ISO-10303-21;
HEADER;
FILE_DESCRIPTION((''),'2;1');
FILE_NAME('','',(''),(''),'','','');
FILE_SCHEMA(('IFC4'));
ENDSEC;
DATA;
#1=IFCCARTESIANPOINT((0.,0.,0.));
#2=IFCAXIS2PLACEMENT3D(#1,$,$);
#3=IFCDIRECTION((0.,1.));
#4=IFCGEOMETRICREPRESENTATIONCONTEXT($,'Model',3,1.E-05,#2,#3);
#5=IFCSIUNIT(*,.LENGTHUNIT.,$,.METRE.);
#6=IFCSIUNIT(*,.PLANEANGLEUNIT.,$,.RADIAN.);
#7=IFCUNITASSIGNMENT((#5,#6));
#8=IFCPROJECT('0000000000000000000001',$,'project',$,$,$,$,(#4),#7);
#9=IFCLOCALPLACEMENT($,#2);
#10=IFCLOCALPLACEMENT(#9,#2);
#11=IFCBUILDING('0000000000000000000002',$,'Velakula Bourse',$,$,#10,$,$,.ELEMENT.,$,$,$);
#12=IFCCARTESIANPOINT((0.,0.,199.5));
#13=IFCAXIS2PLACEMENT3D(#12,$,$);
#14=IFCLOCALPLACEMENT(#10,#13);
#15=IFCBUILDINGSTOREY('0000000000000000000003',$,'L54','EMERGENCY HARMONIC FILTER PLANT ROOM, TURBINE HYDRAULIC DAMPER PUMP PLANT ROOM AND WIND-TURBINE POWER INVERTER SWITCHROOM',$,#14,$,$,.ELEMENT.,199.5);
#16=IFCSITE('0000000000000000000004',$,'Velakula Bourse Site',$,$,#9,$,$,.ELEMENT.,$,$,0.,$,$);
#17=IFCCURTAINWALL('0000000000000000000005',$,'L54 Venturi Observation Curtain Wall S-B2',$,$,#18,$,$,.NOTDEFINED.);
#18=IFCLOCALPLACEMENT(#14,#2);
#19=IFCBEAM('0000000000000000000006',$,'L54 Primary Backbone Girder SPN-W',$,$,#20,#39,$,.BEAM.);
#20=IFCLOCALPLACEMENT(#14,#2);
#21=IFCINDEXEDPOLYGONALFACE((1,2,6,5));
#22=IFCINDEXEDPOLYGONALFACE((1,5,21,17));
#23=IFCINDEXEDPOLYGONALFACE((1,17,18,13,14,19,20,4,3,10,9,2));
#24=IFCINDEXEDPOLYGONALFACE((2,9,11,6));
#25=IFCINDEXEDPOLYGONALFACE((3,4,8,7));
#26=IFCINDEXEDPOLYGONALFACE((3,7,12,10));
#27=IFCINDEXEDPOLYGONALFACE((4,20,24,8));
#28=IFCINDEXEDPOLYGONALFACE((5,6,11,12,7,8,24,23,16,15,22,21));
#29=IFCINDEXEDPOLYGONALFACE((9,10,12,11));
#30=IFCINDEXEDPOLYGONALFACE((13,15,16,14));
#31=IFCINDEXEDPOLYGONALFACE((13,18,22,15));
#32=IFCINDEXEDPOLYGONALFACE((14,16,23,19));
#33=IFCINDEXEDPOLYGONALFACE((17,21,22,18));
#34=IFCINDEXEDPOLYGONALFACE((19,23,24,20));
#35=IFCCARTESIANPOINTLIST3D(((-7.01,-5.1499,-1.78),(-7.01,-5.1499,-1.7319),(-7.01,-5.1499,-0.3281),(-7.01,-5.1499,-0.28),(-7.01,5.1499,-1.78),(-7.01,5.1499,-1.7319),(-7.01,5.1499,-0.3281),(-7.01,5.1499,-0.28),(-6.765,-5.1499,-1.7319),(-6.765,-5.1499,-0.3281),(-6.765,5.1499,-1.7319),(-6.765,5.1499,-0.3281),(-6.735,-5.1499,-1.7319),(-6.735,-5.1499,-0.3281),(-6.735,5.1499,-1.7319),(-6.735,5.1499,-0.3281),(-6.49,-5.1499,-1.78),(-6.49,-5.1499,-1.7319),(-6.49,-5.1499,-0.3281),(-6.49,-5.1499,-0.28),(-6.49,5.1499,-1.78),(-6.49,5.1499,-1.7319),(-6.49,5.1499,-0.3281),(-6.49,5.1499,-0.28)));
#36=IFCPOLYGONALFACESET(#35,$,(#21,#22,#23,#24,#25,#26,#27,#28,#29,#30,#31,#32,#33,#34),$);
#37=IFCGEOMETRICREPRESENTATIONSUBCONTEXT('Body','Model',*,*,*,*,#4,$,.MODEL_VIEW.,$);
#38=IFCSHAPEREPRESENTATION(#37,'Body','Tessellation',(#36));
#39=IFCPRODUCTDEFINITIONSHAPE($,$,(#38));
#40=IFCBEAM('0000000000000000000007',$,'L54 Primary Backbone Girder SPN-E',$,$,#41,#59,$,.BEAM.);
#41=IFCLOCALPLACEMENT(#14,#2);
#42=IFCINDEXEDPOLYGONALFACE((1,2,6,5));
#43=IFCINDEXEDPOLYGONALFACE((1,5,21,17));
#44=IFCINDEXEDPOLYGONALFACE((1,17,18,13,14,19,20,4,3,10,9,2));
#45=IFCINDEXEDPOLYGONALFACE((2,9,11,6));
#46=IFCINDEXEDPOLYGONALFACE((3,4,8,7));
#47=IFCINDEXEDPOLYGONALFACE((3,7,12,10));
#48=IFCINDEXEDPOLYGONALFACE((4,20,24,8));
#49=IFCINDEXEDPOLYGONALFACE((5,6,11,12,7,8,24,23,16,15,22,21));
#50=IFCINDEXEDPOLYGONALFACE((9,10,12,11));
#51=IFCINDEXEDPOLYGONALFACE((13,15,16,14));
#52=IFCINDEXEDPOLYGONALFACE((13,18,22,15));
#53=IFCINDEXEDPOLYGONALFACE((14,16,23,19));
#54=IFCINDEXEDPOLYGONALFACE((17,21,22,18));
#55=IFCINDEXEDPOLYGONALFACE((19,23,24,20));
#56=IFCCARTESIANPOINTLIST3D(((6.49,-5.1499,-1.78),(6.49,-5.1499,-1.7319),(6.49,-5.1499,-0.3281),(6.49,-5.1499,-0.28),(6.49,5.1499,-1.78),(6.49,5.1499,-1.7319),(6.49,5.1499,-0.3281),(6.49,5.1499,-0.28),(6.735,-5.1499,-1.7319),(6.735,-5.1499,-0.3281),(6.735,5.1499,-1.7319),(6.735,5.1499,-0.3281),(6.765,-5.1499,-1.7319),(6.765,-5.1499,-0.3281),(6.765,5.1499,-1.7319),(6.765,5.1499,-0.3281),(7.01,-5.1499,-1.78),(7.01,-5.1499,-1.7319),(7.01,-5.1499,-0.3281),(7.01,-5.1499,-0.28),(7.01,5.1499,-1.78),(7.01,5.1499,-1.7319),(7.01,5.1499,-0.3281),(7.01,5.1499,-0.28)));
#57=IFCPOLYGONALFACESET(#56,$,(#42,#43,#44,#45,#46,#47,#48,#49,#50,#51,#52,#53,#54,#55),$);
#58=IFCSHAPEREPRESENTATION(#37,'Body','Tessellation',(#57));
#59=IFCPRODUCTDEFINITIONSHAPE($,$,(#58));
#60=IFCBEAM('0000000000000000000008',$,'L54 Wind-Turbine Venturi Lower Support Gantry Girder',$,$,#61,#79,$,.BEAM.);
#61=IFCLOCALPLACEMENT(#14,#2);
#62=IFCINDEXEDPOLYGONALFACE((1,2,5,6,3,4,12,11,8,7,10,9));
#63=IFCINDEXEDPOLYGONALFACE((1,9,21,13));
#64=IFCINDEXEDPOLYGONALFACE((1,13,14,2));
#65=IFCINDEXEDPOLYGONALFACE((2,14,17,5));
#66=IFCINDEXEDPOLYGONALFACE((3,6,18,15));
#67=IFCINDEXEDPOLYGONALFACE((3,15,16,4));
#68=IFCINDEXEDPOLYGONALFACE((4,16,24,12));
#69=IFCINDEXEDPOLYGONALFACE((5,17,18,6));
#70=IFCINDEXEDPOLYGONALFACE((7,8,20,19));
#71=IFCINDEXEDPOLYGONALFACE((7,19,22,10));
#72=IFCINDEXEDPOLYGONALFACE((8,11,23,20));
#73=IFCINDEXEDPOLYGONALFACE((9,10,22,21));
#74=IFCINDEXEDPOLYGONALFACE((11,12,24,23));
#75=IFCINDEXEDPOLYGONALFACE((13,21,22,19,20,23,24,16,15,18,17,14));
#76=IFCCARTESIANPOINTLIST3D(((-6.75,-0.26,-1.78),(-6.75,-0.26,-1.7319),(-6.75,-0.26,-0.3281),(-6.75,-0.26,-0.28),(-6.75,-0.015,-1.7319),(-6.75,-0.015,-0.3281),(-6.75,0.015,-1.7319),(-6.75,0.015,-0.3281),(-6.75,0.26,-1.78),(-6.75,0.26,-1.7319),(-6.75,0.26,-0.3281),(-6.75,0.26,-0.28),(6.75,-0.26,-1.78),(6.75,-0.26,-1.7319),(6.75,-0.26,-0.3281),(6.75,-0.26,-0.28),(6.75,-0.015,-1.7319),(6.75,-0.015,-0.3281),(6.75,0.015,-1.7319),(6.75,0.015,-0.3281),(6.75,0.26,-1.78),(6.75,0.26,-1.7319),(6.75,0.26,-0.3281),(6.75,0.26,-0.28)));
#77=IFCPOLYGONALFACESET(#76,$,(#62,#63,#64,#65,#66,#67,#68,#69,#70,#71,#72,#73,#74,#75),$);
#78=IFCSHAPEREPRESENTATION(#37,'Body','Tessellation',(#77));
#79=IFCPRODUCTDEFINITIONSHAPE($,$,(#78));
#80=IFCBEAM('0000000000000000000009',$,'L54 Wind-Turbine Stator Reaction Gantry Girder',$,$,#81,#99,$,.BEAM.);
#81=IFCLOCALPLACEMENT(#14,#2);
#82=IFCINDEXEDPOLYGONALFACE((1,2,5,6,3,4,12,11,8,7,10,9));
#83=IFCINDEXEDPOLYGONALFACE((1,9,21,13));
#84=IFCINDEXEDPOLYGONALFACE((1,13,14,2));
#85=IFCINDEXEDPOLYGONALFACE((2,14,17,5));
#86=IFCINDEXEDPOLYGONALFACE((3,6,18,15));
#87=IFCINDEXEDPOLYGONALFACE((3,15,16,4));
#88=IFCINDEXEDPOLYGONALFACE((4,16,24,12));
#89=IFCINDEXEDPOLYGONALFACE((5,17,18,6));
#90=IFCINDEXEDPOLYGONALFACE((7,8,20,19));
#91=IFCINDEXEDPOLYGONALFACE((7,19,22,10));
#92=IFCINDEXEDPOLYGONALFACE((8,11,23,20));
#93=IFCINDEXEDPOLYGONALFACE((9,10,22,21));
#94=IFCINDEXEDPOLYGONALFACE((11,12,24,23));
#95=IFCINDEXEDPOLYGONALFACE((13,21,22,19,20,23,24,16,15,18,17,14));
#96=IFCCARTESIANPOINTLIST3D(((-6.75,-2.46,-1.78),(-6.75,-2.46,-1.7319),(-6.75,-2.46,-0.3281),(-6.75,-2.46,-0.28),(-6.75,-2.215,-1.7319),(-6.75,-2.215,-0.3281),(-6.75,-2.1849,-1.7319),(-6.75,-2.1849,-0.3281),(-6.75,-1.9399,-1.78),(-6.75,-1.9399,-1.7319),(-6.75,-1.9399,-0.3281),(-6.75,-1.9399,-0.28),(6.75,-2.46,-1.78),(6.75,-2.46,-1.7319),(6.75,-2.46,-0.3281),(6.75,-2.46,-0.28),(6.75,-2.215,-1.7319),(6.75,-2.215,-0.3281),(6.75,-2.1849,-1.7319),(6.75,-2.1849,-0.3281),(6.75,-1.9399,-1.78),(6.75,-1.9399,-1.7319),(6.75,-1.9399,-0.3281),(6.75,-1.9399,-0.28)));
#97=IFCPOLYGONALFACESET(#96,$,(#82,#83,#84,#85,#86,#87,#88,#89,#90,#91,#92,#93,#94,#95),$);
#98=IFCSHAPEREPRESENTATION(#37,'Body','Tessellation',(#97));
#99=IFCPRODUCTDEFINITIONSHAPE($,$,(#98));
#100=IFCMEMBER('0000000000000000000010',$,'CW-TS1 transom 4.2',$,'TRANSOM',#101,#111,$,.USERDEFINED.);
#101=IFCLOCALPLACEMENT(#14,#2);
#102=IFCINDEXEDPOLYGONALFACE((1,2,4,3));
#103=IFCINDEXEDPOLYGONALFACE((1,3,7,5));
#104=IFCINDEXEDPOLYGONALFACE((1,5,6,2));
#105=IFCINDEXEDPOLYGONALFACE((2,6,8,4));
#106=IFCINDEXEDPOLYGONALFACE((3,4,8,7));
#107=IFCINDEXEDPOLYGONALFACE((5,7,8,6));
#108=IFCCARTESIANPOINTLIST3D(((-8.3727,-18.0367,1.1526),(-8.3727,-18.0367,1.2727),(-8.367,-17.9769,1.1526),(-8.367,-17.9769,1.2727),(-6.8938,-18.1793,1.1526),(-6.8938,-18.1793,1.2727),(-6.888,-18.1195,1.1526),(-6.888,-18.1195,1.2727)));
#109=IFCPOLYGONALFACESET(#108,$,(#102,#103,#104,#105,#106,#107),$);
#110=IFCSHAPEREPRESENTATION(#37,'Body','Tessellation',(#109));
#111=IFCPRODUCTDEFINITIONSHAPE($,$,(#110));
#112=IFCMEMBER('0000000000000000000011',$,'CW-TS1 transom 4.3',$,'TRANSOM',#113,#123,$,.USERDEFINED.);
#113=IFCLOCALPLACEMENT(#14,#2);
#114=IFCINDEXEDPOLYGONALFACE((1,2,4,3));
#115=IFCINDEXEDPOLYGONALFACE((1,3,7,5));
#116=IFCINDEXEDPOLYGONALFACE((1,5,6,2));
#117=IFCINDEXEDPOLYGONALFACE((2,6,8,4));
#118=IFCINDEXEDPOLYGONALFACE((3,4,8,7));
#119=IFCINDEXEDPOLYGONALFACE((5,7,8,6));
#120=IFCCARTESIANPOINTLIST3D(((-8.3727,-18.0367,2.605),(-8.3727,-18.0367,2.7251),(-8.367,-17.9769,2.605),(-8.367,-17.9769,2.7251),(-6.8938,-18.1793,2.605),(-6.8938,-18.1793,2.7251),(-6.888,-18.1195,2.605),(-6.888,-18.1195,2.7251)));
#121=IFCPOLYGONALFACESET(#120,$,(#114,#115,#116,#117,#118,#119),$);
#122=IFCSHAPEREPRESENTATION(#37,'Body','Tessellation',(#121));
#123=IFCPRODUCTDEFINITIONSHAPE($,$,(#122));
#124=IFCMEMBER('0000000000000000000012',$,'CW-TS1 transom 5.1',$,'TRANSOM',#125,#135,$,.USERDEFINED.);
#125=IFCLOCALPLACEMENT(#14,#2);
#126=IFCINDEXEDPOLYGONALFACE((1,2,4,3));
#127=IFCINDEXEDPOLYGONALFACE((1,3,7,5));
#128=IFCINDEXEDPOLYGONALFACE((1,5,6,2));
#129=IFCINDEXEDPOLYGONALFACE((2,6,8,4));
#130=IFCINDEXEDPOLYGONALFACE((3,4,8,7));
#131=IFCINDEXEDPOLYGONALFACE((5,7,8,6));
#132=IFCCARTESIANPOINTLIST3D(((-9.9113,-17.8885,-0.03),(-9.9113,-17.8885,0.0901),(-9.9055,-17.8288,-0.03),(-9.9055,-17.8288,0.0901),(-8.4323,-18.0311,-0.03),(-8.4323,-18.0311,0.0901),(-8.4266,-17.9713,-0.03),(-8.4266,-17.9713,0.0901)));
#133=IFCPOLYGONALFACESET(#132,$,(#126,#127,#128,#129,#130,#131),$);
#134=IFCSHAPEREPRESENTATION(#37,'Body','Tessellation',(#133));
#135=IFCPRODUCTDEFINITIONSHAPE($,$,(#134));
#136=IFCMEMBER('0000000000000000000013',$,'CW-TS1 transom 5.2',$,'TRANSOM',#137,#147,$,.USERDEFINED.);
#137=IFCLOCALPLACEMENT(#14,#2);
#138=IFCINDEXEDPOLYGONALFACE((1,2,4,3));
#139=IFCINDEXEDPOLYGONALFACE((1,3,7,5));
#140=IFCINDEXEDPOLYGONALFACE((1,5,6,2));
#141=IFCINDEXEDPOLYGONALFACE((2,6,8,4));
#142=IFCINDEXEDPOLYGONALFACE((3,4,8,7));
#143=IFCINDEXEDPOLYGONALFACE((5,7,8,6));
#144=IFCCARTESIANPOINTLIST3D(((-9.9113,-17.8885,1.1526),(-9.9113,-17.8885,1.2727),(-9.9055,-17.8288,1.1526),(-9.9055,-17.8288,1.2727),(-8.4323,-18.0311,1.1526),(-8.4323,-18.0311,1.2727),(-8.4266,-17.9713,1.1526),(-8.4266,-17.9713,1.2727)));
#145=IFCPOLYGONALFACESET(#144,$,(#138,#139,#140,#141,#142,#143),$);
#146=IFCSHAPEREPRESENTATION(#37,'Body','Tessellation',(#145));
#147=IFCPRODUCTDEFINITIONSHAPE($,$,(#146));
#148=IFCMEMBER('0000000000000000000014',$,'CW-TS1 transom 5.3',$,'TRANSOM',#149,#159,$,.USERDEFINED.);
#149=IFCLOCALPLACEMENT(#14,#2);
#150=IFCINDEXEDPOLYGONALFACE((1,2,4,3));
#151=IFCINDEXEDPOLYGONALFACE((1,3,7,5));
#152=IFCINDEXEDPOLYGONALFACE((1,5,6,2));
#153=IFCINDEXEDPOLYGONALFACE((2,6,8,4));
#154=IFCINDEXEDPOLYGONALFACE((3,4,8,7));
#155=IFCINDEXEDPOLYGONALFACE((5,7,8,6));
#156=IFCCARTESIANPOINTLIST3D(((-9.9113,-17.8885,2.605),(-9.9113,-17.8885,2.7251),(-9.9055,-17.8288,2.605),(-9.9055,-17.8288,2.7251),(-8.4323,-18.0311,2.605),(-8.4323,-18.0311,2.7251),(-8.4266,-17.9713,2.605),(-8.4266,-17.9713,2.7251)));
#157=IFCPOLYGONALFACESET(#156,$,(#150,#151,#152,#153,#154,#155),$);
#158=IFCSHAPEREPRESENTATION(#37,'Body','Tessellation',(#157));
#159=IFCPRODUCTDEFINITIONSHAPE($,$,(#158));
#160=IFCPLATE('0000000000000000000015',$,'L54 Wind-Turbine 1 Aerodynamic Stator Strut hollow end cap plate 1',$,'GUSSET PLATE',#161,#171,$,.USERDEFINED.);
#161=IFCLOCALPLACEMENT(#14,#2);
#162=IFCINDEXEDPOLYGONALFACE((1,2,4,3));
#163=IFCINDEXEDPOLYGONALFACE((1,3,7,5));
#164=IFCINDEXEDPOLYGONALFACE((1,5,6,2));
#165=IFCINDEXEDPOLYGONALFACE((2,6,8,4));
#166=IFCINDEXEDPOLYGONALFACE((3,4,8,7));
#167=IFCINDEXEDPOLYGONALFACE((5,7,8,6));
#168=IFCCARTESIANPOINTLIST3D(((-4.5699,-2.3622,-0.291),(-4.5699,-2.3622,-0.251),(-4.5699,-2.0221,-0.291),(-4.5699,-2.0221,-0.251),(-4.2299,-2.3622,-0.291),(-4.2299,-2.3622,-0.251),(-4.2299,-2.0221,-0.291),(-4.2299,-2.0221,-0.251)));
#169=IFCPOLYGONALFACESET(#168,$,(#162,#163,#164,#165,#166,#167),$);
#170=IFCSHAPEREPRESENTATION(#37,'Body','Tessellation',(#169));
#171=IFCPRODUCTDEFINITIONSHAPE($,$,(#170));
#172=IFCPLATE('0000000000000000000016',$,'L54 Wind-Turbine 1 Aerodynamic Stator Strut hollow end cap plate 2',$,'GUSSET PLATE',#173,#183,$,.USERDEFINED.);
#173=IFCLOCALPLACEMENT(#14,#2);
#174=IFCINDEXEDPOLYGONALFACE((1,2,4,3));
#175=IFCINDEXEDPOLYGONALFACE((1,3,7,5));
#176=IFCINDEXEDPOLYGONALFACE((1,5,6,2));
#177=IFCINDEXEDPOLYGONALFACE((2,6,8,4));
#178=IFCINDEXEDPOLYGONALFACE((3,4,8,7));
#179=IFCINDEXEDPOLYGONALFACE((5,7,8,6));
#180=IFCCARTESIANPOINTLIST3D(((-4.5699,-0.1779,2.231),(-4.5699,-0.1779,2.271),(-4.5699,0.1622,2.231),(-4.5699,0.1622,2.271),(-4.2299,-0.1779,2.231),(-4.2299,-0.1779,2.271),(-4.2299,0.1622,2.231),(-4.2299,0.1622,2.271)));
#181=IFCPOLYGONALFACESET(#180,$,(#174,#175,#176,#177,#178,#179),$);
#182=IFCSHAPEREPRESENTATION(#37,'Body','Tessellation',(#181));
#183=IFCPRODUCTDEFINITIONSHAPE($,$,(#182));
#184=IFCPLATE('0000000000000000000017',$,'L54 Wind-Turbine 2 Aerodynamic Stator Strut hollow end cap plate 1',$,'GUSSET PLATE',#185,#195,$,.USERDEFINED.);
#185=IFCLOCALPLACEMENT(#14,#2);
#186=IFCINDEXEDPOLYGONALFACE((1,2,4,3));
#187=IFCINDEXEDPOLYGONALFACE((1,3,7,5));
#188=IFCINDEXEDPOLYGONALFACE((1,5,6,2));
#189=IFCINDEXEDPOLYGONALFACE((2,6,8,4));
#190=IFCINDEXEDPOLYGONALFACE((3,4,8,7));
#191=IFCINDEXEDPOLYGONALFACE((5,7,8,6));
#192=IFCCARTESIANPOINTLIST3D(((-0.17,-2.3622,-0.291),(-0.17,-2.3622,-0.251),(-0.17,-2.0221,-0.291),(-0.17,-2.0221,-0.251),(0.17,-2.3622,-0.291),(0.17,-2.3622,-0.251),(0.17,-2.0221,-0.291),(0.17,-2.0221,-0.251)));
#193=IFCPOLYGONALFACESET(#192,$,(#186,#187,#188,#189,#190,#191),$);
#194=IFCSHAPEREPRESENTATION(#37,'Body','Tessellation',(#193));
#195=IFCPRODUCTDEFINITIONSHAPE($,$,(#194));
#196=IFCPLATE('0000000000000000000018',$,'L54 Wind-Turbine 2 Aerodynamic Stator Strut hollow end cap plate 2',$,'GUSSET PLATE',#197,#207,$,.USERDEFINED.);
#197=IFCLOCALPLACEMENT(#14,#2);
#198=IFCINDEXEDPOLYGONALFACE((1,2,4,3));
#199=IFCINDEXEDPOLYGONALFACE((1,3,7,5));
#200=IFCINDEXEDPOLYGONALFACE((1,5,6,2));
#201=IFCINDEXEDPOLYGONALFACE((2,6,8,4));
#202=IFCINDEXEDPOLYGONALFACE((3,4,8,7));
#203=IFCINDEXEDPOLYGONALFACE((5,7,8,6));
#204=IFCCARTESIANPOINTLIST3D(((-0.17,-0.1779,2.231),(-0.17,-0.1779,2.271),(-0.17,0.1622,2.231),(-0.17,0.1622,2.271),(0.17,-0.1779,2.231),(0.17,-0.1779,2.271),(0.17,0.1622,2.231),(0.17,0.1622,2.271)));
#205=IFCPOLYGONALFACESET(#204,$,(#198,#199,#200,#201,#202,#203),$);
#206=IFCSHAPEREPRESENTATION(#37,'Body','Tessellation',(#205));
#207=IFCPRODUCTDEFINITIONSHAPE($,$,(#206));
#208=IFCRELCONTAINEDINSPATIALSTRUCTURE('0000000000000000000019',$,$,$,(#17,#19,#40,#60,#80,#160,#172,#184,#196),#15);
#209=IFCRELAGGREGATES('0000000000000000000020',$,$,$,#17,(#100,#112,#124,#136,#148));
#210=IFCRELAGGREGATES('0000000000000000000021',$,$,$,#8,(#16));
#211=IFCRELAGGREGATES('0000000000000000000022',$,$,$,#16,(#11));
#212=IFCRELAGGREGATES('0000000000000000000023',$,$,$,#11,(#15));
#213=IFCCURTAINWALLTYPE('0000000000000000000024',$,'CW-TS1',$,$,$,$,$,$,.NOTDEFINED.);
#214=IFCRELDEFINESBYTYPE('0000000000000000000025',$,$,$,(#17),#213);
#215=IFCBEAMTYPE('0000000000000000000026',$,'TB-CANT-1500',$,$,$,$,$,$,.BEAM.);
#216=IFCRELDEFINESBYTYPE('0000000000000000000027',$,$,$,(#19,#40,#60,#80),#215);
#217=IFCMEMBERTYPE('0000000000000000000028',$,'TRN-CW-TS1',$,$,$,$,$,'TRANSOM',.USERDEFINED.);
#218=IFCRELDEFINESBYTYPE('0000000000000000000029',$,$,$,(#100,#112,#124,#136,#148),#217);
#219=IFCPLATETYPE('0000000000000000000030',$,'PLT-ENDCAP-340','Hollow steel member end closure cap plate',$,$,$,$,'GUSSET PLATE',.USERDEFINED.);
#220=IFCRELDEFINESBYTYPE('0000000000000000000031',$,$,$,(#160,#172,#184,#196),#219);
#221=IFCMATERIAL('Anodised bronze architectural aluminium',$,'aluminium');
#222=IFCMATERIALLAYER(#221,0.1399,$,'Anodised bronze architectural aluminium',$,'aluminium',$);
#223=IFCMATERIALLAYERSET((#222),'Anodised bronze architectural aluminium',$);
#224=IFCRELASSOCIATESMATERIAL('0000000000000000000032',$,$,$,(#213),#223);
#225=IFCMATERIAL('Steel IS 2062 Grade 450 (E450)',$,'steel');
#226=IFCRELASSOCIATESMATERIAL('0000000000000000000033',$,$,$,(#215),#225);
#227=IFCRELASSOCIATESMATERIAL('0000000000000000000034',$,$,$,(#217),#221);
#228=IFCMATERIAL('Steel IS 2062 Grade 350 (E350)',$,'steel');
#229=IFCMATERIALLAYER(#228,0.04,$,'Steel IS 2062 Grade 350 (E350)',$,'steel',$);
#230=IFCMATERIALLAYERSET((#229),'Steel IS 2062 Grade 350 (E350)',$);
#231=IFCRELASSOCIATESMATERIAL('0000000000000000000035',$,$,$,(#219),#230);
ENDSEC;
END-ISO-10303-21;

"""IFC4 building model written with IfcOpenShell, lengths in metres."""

from ifc_helpers import new_model, si_unit, direction, frame, origin, origin_2d, place, context, subcontext, project, spatial, rectangle, i_section, extrude, material, layer, layer_set, material_profile, profile_set, type_object, element, aggregate, save


model = new_model("IFC4")

# Units and contexts
model_context = context("Model", 3, precision=1e-05, world=origin(), true_north=direction((0.0, 1.0)))
body_context = subcontext(model_context, "Body", "Model", "MODEL_VIEW")
ifc_project = project(units=[si_unit("LENGTHUNIT", "METRE"), si_unit("PLANEANGLEUNIT", "RADIAN")], contexts=[model_context])

# Site, building, storey
site_placement = place(None, origin())
site = spatial("IfcSite", under=ifc_project, at=site_placement, Name="Velakula Bourse Site", CompositionType="ELEMENT", RefElevation=0.0)
building_placement = place(site_placement, origin())
building = spatial("IfcBuilding", under=site, at=building_placement, Name="Velakula Bourse", CompositionType="ELEMENT")
storey_placement = place(building_placement, frame((0.0, 0.0, 199.5)))
storey = spatial("IfcBuildingStorey", under=building, at=storey_placement, Name="L54", Description="EMERGENCY HARMONIC FILTER PLANT ROOM, TURBINE HYDRAULIC DAMPER PUMP PLANT ROOM AND WIND-TURBINE POWER INVERTER SWITCHROOM", CompositionType="ELEMENT", Elevation=199.5)

# Shared definitions
ifc_material_1 = material(Name="Steel IS 2062 Grade 350 (E350)", Category="steel")

# Curtain wall
ifc_material_2 = material(Name="Anodised bronze architectural aluminium", Category="aluminium")
ifc_layer_1 = layer(ifc_material_2, 0.1399, Name="Anodised bronze architectural aluminium", Category="aluminium")
ifc_layer_set_1 = layer_set([ifc_layer_1], Name="Anodised bronze architectural aluminium")
curtain_wall_type = type_object("IfcCurtainWallType", Name="CW-TS1", PredefinedType="NOTDEFINED", material=ifc_layer_set_1)
curtain_wall_placement = place(storey_placement, origin())
curtain_wall = element("IfcCurtainWall", 1, at=curtain_wall_placement, inside=storey, type_object=curtain_wall_type, Name="L54 Venturi Observation Curtain Wall S-B2", PredefinedType="NOTDEFINED")

# Beams
ifc_material_3 = material(Name="Steel IS 2062 Grade 450 (E450)", Category="steel")
ifc_material_profile_1 = material_profile(ifc_material_3, i_section(OverallWidth=0.52, OverallDepth=1.5, WebThickness=0.03, FlangeThickness=0.0481, at=origin_2d()), Name="Steel IS 2062 Grade 450 (E450)")
ifc_profile_set_1 = profile_set([ifc_material_profile_1], Name="Steel IS 2062 Grade 450 (E450)")
beam_type_1 = type_object("IfcBeamType", Name="TB-CANT-1500", PredefinedType="BEAM", material=ifc_profile_set_1)
for number, where, z_axis, x_axis, name in (
    (2, (-6.75, -5.1499, -1.03), (0.0, 1.0, 0.0), (-1.0, 0.0, 0.0), "L54 Primary Backbone Girder SPN-W"),
    (3, (6.75, -5.1499, -1.03), (0.0, 1.0, 0.0), (-1.0, 0.0, 0.0), "L54 Primary Backbone Girder SPN-E"),
):
    element("IfcBeam", number, at=place(storey_placement, frame(where, z_axis=z_axis, x_axis=x_axis)), inside=storey, type_object=beam_type_1, Name=name, PredefinedType="BEAM", context=body_context, shape_type="SweptSolid", body=[
        extrude(i_section(OverallWidth=0.52, OverallDepth=1.5, WebThickness=0.03, FlangeThickness=0.0481, at=origin_2d()), origin(), (0.0, 0.0, 1.0), 10.2998),
    ])
for number, where, z_axis, x_axis, name in (
    (4, (-6.75, 0.0, -1.03), (1.0, 0.0, 0.0), (0.0, 1.0, 0.0), "L54 Wind-Turbine Venturi Lower Support Gantry Girder"),
    (5, (-6.75, -2.2, -1.03), (1.0, 0.0, 0.0), (0.0, 1.0, 0.0), "L54 Wind-Turbine Stator Reaction Gantry Girder"),
):
    element("IfcBeam", number, at=place(storey_placement, frame(where, z_axis=z_axis, x_axis=x_axis)), inside=storey, type_object=beam_type_1, Name=name, PredefinedType="BEAM", context=body_context, shape_type="SweptSolid", body=[
        extrude(i_section(OverallWidth=0.52, OverallDepth=1.5, WebThickness=0.03, FlangeThickness=0.0481, at=origin_2d()), origin(), (0.0, 0.0, 1.0), 13.5),
    ])

# Members
ifc_material_profile_2 = material_profile(ifc_material_2, rectangle(XDim=0.0601, YDim=0.1201, at=origin_2d()), Name="Anodised bronze architectural aluminium")
ifc_profile_set_2 = profile_set([ifc_material_profile_2], Name="Anodised bronze architectural aluminium")
member_type_1 = type_object("IfcMemberType", Name="TRN-CW-TS1", ElementType="TRANSOM", PredefinedType="USERDEFINED", material=ifc_profile_set_2)
member_1_placement = place(storey_placement, frame((-6.8909, -18.1494, 1.2126), z_axis=(-0.995386, 0.095957, 0.0), x_axis=(-0.095957, -0.995386, 0.0)))
member_1 = element("IfcMember", 6, at=member_1_placement, type_object=member_type_1, Name="CW-TS1 transom 4.2", ObjectType="TRANSOM", PredefinedType="USERDEFINED", context=body_context, shape_type="SweptSolid", body=[
    extrude(rectangle(XDim=0.0601, YDim=0.1201, at=origin_2d()), origin(), (0.0, 0.0, 1.0), 1.4858),
])
member_2_placement = place(storey_placement, frame((-6.8909, -18.1494, 2.665), z_axis=(-0.995386, 0.095957, 0.0), x_axis=(-0.095957, -0.995386, 0.0)))
member_2 = element("IfcMember", 7, at=member_2_placement, type_object=member_type_1, Name="CW-TS1 transom 4.3", ObjectType="TRANSOM", PredefinedType="USERDEFINED", context=body_context, shape_type="SweptSolid", body=[
    extrude(rectangle(XDim=0.0601, YDim=0.1201, at=origin_2d()), origin(), (0.0, 0.0, 1.0), 1.4858),
])
member_3_placement = place(storey_placement, frame((-8.4294, -18.0012, 0.03), z_axis=(-0.995386, 0.095957, 0.0), x_axis=(-0.095957, -0.995386, 0.0)))
member_3 = element("IfcMember", 8, at=member_3_placement, type_object=member_type_1, Name="CW-TS1 transom 5.1", ObjectType="TRANSOM", PredefinedType="USERDEFINED", context=body_context, shape_type="SweptSolid", body=[
    extrude(rectangle(XDim=0.0601, YDim=0.1201, at=origin_2d()), origin(), (0.0, 0.0, 1.0), 1.4858),
])
member_4_placement = place(storey_placement, frame((-8.4294, -18.0012, 1.2126), z_axis=(-0.995386, 0.095957, 0.0), x_axis=(-0.095957, -0.995386, 0.0)))
member_4 = element("IfcMember", 9, at=member_4_placement, type_object=member_type_1, Name="CW-TS1 transom 5.2", ObjectType="TRANSOM", PredefinedType="USERDEFINED", context=body_context, shape_type="SweptSolid", body=[
    extrude(rectangle(XDim=0.0601, YDim=0.1201, at=origin_2d()), origin(), (0.0, 0.0, 1.0), 1.4858),
])
member_5_placement = place(storey_placement, frame((-8.4294, -18.0012, 2.665), z_axis=(-0.995386, 0.095957, 0.0), x_axis=(-0.095957, -0.995386, 0.0)))
member_5 = element("IfcMember", 10, at=member_5_placement, type_object=member_type_1, Name="CW-TS1 transom 5.3", ObjectType="TRANSOM", PredefinedType="USERDEFINED", context=body_context, shape_type="SweptSolid", body=[
    extrude(rectangle(XDim=0.0601, YDim=0.1201, at=origin_2d()), origin(), (0.0, 0.0, 1.0), 1.4858),
])

# Plates
ifc_layer_2 = layer(ifc_material_1, 0.04, Name="Steel IS 2062 Grade 350 (E350)", Category="steel")
ifc_layer_set_2 = layer_set([ifc_layer_2], Name="Steel IS 2062 Grade 350 (E350)")
plate_type_1 = type_object("IfcPlateType", Name="PLT-ENDCAP-340", Description="Hollow steel member end closure cap plate", ElementType="GUSSET PLATE", PredefinedType="USERDEFINED", material=ifc_layer_set_2)
for number, where, z_axis, x_axis, name in (
    (11, (-4.3999, -2.1921, -0.291), (0.0, 0.0, 1.0), (0.0, 1.0, 0.0), "L54 Wind-Turbine 1 Aerodynamic Stator Strut hollow end cap plate 1"),
    (12, (-4.3999, -0.0078, 2.231), (0.0, 0.0, 1.0), (0.0, 1.0, 0.0), "L54 Wind-Turbine 1 Aerodynamic Stator Strut hollow end cap plate 2"),
    (13, (0.0, -2.1921, -0.291), (0.0, 0.0, 1.0), (0.0, 1.0, 0.0), "L54 Wind-Turbine 2 Aerodynamic Stator Strut hollow end cap plate 1"),
    (14, (0.0, -0.0078, 2.231), (0.0, 0.0, 1.0), (0.0, 1.0, 0.0), "L54 Wind-Turbine 2 Aerodynamic Stator Strut hollow end cap plate 2"),
):
    element("IfcPlate", number, at=place(storey_placement, frame(where, z_axis=z_axis, x_axis=x_axis)), inside=storey, type_object=plate_type_1, Name=name, ObjectType="GUSSET PLATE", PredefinedType="USERDEFINED", context=body_context, shape_type="SweptSolid", body=[
        extrude(rectangle(XDim=0.3401, YDim=0.3401, at=origin_2d()), origin(), (0.0, 0.0, 1.0), 0.04),
    ])

aggregate(curtain_wall, [member_1, member_2, member_3, member_4, member_5])

save(model, "model.ifc")
